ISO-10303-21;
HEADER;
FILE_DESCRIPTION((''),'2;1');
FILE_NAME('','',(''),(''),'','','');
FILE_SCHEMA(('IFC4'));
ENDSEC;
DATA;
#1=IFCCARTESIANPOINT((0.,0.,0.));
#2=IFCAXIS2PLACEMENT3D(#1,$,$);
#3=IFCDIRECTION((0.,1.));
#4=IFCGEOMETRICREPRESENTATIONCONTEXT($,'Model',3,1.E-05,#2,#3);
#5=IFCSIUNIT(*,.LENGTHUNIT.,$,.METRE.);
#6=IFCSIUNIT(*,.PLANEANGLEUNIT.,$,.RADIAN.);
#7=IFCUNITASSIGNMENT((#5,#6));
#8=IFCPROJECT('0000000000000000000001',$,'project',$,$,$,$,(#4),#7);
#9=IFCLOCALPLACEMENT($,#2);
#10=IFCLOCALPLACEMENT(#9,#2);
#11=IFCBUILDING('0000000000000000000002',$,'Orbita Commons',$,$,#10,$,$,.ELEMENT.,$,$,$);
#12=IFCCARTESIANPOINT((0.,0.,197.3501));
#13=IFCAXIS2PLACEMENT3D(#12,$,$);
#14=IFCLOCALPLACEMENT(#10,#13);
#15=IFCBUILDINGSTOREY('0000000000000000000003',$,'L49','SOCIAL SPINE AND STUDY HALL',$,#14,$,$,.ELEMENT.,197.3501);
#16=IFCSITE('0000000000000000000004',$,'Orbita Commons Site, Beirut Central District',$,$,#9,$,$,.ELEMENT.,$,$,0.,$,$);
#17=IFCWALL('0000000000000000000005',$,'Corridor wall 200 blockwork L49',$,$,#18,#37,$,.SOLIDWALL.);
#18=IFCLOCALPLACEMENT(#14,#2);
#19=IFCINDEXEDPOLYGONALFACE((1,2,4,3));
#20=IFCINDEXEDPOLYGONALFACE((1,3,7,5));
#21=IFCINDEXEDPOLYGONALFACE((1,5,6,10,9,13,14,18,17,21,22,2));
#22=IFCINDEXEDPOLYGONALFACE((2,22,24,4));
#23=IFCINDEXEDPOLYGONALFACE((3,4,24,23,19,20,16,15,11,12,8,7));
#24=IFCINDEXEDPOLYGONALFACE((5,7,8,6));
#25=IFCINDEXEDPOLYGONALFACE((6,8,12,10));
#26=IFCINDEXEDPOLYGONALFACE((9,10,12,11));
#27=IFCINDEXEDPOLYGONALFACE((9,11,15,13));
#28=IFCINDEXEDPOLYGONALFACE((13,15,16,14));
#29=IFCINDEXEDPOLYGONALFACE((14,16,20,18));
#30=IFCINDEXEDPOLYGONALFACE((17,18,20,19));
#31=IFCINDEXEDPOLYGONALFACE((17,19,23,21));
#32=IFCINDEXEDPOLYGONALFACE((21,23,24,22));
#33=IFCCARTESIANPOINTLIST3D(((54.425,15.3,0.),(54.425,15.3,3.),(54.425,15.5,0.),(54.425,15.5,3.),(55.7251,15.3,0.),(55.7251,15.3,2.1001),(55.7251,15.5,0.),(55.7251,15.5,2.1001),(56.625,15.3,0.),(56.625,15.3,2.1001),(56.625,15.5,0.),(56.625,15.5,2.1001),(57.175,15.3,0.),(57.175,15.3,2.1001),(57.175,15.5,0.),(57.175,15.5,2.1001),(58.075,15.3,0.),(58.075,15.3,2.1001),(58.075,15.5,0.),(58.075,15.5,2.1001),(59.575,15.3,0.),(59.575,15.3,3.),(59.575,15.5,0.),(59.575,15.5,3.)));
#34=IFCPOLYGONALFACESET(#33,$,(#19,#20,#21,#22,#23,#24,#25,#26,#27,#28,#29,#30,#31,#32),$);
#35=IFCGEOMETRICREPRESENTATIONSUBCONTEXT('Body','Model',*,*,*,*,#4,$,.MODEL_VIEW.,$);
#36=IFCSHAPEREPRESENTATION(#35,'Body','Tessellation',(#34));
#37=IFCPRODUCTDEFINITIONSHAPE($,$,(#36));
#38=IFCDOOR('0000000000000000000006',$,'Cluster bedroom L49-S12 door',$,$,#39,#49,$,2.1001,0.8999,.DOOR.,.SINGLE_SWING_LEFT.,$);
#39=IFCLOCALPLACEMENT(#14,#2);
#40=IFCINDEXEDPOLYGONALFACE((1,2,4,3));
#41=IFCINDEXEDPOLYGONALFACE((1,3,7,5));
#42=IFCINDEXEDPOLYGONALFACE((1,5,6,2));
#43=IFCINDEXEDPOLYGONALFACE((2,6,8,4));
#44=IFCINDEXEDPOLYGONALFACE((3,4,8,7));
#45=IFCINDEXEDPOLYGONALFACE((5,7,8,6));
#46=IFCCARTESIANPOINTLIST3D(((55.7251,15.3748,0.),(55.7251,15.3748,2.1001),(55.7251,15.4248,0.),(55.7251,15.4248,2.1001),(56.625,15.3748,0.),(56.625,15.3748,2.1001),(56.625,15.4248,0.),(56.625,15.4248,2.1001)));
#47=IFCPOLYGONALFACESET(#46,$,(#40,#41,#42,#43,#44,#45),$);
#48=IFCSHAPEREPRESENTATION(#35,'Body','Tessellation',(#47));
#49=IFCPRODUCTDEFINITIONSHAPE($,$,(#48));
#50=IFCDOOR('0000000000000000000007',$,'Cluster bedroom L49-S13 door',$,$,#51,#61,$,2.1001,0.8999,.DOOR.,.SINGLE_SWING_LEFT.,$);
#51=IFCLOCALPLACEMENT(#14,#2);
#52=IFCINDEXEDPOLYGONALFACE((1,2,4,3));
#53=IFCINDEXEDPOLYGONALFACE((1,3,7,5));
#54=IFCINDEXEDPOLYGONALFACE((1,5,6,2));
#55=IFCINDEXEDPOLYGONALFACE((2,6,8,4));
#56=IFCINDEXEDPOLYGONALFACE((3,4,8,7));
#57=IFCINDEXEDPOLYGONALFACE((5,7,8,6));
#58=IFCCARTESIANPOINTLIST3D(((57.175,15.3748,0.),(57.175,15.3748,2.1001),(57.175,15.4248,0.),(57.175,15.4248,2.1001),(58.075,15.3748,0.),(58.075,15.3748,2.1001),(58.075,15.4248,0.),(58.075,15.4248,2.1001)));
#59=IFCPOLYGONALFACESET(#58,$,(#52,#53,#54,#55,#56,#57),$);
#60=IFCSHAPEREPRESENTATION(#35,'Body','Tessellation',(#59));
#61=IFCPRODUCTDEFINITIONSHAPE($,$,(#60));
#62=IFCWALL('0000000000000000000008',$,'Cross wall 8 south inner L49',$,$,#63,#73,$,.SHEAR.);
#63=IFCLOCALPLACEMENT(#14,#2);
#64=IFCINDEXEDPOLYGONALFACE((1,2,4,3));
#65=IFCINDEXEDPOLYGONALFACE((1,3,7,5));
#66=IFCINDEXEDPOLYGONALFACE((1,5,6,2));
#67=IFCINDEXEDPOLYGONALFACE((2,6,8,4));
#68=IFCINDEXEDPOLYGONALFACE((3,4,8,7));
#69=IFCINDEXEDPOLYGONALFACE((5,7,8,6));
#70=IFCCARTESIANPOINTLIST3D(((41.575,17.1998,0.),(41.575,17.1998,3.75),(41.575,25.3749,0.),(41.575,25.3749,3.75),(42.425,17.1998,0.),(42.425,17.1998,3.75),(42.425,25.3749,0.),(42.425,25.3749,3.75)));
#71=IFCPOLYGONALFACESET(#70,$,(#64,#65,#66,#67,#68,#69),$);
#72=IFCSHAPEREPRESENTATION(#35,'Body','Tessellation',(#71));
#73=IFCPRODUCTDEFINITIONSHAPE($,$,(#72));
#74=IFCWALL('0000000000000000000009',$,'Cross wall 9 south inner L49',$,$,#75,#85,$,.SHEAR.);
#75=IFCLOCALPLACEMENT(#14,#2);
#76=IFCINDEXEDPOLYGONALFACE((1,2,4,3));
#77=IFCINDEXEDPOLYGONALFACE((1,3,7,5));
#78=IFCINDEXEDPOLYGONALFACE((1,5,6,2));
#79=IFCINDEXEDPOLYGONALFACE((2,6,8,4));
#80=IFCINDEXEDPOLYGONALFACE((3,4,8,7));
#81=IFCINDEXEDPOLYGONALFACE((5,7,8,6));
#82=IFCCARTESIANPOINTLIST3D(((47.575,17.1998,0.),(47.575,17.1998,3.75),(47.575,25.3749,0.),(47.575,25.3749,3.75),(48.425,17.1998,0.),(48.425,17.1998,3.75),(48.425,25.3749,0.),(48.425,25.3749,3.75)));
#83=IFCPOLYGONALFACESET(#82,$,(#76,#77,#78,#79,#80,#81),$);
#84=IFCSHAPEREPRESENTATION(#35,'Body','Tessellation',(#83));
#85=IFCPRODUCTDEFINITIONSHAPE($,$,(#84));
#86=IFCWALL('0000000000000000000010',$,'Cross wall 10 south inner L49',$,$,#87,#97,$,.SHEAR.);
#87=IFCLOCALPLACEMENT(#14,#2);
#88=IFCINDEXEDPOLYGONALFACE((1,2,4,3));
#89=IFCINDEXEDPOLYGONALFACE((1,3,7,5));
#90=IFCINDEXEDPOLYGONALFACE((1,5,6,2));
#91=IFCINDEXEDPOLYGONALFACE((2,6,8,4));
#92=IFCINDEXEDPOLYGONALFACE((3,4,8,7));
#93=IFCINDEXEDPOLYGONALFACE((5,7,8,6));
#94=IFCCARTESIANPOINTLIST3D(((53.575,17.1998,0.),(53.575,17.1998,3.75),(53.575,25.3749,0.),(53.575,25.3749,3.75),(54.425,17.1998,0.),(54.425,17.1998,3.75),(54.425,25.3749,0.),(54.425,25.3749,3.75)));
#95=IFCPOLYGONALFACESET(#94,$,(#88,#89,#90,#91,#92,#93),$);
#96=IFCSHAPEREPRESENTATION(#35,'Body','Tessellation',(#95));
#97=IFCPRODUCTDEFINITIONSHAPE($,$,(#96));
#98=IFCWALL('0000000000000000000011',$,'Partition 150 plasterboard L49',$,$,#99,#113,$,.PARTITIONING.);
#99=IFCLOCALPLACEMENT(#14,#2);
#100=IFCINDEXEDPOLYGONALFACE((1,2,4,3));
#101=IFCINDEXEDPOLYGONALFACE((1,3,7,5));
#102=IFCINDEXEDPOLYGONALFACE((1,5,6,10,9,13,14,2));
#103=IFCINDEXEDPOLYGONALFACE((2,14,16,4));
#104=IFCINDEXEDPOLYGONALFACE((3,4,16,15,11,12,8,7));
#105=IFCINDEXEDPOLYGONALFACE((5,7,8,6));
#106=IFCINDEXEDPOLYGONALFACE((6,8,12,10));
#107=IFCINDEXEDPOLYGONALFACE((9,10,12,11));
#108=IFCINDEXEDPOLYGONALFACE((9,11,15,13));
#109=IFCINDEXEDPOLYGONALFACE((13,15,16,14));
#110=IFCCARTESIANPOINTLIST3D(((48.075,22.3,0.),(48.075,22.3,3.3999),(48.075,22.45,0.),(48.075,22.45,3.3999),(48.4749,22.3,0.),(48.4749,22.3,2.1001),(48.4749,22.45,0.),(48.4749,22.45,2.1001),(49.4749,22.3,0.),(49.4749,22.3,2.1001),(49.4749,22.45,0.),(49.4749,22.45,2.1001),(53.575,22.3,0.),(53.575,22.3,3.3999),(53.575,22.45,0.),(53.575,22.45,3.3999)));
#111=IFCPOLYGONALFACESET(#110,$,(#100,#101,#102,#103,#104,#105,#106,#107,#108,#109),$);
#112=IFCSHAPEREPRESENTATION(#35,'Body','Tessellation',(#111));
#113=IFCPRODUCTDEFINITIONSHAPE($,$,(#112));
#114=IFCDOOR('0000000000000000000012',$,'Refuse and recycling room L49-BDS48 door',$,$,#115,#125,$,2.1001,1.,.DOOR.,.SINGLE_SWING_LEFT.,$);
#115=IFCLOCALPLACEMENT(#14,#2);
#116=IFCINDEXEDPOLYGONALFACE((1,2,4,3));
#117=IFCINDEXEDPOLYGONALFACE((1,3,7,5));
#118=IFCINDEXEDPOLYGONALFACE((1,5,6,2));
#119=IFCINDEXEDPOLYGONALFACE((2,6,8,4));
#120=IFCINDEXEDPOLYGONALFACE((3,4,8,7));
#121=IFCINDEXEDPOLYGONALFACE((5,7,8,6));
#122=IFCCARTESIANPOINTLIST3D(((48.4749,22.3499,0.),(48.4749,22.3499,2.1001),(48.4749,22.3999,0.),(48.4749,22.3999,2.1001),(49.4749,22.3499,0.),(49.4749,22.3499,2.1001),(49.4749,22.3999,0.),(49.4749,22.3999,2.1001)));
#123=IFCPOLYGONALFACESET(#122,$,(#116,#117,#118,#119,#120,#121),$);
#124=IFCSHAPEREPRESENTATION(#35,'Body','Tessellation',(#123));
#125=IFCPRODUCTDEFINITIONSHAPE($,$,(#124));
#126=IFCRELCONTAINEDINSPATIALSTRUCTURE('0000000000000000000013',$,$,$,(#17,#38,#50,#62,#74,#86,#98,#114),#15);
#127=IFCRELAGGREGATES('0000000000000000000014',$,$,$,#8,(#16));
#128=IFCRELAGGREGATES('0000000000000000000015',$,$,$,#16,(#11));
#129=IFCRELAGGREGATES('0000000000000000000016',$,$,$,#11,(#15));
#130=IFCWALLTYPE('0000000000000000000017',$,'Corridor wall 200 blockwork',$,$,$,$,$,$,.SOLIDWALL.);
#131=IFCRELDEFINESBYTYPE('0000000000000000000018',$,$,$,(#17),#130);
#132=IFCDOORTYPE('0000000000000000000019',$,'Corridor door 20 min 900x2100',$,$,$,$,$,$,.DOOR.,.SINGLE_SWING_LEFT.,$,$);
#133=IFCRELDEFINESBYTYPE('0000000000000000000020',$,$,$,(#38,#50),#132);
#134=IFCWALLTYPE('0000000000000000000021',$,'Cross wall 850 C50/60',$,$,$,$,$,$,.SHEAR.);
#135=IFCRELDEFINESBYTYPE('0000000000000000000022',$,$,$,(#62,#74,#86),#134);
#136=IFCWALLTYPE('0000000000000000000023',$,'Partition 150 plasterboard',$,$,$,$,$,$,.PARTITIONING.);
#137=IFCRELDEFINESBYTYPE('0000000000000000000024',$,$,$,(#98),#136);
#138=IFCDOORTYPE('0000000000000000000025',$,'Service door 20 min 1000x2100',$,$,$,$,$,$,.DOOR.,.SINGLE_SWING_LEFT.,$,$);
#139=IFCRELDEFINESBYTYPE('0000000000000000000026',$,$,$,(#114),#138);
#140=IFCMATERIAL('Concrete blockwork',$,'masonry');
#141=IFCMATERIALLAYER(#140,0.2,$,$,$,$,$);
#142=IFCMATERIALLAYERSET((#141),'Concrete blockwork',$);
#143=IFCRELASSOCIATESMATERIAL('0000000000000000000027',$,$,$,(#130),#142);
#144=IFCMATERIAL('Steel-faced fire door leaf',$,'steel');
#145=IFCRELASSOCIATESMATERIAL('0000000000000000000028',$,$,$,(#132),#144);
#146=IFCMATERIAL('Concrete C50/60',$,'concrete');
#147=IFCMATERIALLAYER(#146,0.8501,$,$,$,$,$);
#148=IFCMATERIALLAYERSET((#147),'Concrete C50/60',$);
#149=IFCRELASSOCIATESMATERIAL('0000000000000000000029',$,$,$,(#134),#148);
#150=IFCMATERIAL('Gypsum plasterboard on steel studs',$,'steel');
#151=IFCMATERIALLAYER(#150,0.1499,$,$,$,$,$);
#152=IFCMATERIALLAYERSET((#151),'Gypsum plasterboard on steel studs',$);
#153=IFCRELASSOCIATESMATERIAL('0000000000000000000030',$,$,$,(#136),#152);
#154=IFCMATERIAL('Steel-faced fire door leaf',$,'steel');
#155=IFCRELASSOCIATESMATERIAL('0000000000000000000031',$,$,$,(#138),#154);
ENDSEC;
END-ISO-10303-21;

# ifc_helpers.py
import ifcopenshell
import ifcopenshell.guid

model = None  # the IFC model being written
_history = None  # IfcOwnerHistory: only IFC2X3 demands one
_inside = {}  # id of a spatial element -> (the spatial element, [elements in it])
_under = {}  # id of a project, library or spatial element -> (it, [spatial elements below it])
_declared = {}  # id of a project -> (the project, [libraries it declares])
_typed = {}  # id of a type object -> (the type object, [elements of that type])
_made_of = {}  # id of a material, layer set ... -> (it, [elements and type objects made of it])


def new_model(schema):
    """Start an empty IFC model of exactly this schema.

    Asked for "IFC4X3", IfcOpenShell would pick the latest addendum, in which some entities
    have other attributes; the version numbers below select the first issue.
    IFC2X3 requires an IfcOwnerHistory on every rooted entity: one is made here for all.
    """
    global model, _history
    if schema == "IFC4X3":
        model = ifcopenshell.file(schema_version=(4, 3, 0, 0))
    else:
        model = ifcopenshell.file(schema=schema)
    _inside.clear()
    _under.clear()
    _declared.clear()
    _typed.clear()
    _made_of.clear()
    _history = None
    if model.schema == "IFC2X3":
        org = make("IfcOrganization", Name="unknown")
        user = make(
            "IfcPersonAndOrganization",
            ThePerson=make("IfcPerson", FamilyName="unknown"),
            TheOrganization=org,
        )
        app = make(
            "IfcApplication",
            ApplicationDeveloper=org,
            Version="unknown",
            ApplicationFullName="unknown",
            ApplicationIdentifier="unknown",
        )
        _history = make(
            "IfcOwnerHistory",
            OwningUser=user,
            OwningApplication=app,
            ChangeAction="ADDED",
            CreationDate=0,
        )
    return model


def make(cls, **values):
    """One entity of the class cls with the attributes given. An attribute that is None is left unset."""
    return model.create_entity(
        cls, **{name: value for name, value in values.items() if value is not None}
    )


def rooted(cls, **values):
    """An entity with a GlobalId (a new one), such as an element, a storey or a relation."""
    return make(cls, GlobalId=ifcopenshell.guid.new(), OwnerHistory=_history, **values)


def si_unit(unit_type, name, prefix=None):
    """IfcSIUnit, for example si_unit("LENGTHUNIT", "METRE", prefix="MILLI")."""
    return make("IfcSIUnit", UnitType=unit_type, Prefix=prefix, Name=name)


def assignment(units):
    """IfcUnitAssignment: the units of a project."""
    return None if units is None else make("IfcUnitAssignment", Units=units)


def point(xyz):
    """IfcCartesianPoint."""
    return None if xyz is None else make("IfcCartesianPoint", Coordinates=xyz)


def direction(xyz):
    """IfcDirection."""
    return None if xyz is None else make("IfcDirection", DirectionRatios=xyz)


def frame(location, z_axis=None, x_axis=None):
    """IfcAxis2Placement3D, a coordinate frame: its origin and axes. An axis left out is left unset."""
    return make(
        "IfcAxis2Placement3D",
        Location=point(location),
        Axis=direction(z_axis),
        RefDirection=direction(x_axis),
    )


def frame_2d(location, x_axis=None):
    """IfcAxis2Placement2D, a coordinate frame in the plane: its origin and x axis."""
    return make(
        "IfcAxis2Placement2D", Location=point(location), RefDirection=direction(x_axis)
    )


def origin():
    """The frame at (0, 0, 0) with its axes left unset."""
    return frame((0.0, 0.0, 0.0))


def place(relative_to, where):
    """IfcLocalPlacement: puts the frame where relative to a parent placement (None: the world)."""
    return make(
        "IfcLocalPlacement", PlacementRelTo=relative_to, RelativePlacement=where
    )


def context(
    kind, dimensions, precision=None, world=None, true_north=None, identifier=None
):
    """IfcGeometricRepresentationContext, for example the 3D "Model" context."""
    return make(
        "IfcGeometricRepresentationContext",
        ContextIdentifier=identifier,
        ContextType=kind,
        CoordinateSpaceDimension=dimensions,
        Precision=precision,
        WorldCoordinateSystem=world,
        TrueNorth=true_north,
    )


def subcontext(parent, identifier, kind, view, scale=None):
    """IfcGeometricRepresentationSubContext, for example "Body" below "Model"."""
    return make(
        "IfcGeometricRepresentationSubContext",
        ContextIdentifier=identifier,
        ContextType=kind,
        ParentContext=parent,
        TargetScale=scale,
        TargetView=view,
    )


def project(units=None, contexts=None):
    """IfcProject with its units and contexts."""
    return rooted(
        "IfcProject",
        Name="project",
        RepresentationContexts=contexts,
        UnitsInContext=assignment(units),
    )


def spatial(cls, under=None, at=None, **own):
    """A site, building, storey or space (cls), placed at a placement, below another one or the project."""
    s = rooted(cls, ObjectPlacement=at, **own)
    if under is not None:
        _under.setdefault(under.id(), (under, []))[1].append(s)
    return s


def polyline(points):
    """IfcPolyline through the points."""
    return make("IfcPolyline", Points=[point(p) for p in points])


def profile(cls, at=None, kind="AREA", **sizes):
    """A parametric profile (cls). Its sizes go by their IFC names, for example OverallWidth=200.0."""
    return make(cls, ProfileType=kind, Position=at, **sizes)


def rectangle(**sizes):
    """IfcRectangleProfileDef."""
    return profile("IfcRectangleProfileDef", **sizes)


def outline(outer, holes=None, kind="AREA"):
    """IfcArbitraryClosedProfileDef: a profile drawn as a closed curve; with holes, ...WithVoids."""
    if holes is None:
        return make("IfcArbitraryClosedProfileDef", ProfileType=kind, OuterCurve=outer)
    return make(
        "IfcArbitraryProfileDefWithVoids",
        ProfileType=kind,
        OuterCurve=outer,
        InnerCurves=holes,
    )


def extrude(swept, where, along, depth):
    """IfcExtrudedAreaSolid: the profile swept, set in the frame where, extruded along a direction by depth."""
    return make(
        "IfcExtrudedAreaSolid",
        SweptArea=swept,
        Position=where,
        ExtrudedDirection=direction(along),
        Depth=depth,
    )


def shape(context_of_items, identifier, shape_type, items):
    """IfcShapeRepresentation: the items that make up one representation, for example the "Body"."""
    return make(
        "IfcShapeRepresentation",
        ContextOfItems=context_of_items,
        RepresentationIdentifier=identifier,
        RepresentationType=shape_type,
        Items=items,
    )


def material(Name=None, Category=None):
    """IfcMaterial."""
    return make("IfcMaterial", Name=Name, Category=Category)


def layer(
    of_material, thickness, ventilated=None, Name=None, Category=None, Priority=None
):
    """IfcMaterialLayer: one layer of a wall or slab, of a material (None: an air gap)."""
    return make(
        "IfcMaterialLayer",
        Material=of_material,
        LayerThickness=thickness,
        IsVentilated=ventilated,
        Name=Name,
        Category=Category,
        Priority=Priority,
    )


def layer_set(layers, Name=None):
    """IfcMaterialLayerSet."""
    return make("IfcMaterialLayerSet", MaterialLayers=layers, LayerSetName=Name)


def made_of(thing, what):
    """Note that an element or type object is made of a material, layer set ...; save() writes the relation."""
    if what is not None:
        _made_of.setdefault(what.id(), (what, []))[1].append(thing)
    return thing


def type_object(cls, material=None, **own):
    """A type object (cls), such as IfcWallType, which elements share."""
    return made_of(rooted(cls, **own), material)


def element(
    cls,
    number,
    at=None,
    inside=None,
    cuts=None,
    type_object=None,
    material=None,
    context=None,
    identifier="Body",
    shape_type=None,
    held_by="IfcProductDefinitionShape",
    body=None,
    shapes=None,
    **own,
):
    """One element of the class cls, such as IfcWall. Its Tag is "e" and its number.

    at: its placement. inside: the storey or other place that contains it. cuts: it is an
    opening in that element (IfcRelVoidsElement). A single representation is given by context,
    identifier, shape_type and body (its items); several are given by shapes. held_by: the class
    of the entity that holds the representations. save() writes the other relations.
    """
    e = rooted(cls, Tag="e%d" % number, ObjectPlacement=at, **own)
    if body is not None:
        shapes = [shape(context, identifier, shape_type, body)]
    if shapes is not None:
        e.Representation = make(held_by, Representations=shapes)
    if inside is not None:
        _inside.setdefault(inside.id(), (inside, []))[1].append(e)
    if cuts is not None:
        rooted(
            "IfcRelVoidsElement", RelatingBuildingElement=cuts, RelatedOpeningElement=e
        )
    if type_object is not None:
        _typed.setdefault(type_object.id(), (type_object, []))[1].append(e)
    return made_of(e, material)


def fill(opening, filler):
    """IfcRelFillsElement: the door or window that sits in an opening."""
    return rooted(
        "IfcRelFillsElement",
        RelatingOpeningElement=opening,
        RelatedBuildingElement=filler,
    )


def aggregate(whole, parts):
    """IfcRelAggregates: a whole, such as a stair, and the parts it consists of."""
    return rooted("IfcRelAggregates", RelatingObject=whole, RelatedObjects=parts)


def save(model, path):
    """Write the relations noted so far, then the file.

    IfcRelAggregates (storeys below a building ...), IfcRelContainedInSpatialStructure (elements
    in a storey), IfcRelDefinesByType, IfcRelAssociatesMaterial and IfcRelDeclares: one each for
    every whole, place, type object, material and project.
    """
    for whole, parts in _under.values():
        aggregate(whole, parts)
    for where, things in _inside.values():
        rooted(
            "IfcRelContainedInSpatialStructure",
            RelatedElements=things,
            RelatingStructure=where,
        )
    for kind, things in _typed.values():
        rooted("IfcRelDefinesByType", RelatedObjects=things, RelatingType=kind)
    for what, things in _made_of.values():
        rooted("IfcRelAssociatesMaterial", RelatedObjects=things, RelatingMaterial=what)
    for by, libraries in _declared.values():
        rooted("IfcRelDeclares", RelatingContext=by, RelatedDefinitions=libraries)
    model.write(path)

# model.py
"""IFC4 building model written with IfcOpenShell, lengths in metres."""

from ifc_helpers import new_model, si_unit, direction, frame, frame_2d, origin, place, context, subcontext, project, spatial, polyline, rectangle, outline, extrude, material, layer, layer_set, type_object, element, fill, save


model = new_model("IFC4")

# Units and contexts
model_context = context("Model", 3, precision=1e-05, world=origin(), true_north=direction((0.0, 1.0)))
body_context = subcontext(model_context, "Body", "Model", "MODEL_VIEW")
ifc_project = project(units=[si_unit("LENGTHUNIT", "METRE"), si_unit("PLANEANGLEUNIT", "RADIAN")], contexts=[model_context])

# Site, building, storey
site_placement = place(None, origin())
site = spatial("IfcSite", under=ifc_project, at=site_placement, Name="Orbita Commons Site, Beirut Central District", CompositionType="ELEMENT", RefElevation=0.0)
building_placement = place(site_placement, origin())
building = spatial("IfcBuilding", under=site, at=building_placement, Name="Orbita Commons", CompositionType="ELEMENT")
storey_placement = place(building_placement, frame((0.0, 0.0, 197.3501)))
storey = spatial("IfcBuildingStorey", under=building, at=storey_placement, Name="L49", Description="SOCIAL SPINE AND STUDY HALL", CompositionType="ELEMENT", Elevation=197.3501)

# Shared definitions
ifc_material_1 = material(Name="Concrete blockwork", Category="masonry")
ifc_layer_1 = layer(ifc_material_1, 0.2)
ifc_layer_set_1 = layer_set([ifc_layer_1], Name="Concrete blockwork")
wall_type_1 = type_object("IfcWallType", Name="Corridor wall 200 blockwork", PredefinedType="SOLIDWALL", material=ifc_layer_set_1)
ifc_material_2 = material(Name="Steel-faced fire door leaf", Category="steel")
door_type_1 = type_object("IfcDoorType", Name="Corridor door 20 min 900x2100", OperationType="SINGLE_SWING_LEFT", PredefinedType="DOOR", material=ifc_material_2)

# Wall, openings, doors
wall_1_placement = place(storey_placement, frame((54.425, 15.3999, 0.0), z_axis=(0.0, 0.0, 1.0), x_axis=(1.0, 0.0, 0.0)))
wall_1 = element("IfcWall", 1, at=wall_1_placement, inside=storey, type_object=wall_type_1, Name="Corridor wall 200 blockwork L49", PredefinedType="SOLIDWALL", context=body_context, shape_type="SweptSolid", body=[
    extrude(outline(polyline([(0.0, 0.0), (5.1499, 0.0), (5.1499, 3.0), (0.0, 3.0), (0.0, 0.0)])), frame((0.0, 0.1001, 0.0), z_axis=(0.0, -1.0, 0.0), x_axis=(1.0, 0.0, 0.0)), (0.0, 0.0, 1.0), 0.2),
])
opening_1_placement = place(wall_1_placement, frame((1.3, 0.0, 0.0)))
opening_1 = element("IfcOpeningElement", 2, at=opening_1_placement, cuts=wall_1, PredefinedType="OPENING", context=body_context, shape_type="SweptSolid", body=[
    extrude(rectangle(XDim=0.8999, YDim=2.1001, at=frame_2d((0.45, 1.05))), frame((0.0, 0.1099, 0.0), z_axis=(0.0, -1.0, 0.0), x_axis=(1.0, 0.0, 0.0)), (0.0, 0.0, 1.0), 0.22),
])
opening_2_placement = place(wall_1_placement, frame((2.75, 0.0, 0.0)))
opening_2 = element("IfcOpeningElement", 3, at=opening_2_placement, cuts=wall_1, PredefinedType="OPENING", context=body_context, shape_type="SweptSolid", body=[
    extrude(rectangle(XDim=0.8999, YDim=2.1001, at=frame_2d((0.45, 1.05))), frame((0.0, 0.1099, 0.0), z_axis=(0.0, -1.0, 0.0), x_axis=(1.0, 0.0, 0.0)), (0.0, 0.0, 1.0), 0.22),
])
door_1_placement = place(opening_1_placement, origin())
door_1 = element("IfcDoor", 4, at=door_1_placement, inside=storey, type_object=door_type_1, Name="Cluster bedroom L49-S12 door", OperationType="SINGLE_SWING_LEFT", OverallHeight=2.1001, OverallWidth=0.8999, PredefinedType="DOOR", context=body_context, shape_type="SweptSolid", body=[
    extrude(rectangle(XDim=0.8999, YDim=2.1001, at=frame_2d((0.45, 1.05))), frame((0.0, 0.0249, 0.0), z_axis=(0.0, -1.0, 0.0), x_axis=(1.0, 0.0, 0.0)), (0.0, 0.0, 1.0), 0.05),
])
fill(opening_1, door_1)
door_2_placement = place(opening_2_placement, origin())
door_2 = element("IfcDoor", 5, at=door_2_placement, inside=storey, type_object=door_type_1, Name="Cluster bedroom L49-S13 door", OperationType="SINGLE_SWING_LEFT", OverallHeight=2.1001, OverallWidth=0.8999, PredefinedType="DOOR", context=body_context, shape_type="SweptSolid", body=[
    extrude(rectangle(XDim=0.8999, YDim=2.1001, at=frame_2d((0.45, 1.05))), frame((0.0, 0.0249, 0.0), z_axis=(0.0, -1.0, 0.0), x_axis=(1.0, 0.0, 0.0)), (0.0, 0.0, 1.0), 0.05),
])
fill(opening_2, door_2)

# Walls
ifc_material_3 = material(Name="Concrete C50/60", Category="concrete")
ifc_layer_2 = layer(ifc_material_3, 0.8501)
ifc_layer_set_2 = layer_set([ifc_layer_2], Name="Concrete C50/60")
wall_type_2 = type_object("IfcWallType", Name="Cross wall 850 C50/60", PredefinedType="SHEAR", material=ifc_layer_set_2)
for number, where, z_axis, x_axis, name in (
    (6, (42.0, 17.2, 0.0), (0.0, 0.0, 1.0), (0.0, 1.0, 0.0), "Cross wall 8 south inner L49"),
    (7, (48.0, 17.2, 0.0), (0.0, 0.0, 1.0), (0.0, 1.0, 0.0), "Cross wall 9 south inner L49"),
    (8, (54.0, 17.2, 0.0), (0.0, 0.0, 1.0), (0.0, 1.0, 0.0), "Cross wall 10 south inner L49"),
):
    element("IfcWall", number, at=place(storey_placement, frame(where, z_axis=z_axis, x_axis=x_axis)), inside=storey, type_object=wall_type_2, Name=name, PredefinedType="SHEAR", context=body_context, shape_type="SweptSolid", body=[
        extrude(rectangle(XDim=8.175, YDim=0.8501, at=frame_2d((4.0874, 0.0))), origin(), (0.0, 0.0, 1.0), 3.75),
    ])

# Wall, opening, door
ifc_material_4 = material(Name="Gypsum plasterboard on steel studs", Category="steel")
ifc_layer_3 = layer(ifc_material_4, 0.1499)
ifc_layer_set_3 = layer_set([ifc_layer_3], Name="Gypsum plasterboard on steel studs")
wall_type_3 = type_object("IfcWallType", Name="Partition 150 plasterboard", PredefinedType="PARTITIONING", material=ifc_layer_set_3)
wall_2_placement = place(storey_placement, frame((48.075, 22.375, 0.0), z_axis=(0.0, 0.0, 1.0), x_axis=(1.0, 0.0, 0.0)))
wall_2 = element("IfcWall", 9, at=wall_2_placement, inside=storey, type_object=wall_type_3, Name="Partition 150 plasterboard L49", PredefinedType="PARTITIONING", context=body_context, shape_type="SweptSolid", body=[
    extrude(rectangle(XDim=5.5, YDim=0.1499, at=frame_2d((2.75, 0.0))), origin(), (0.0, 0.0, 1.0), 3.3999),
])
opening_3_placement = place(wall_2_placement, frame((0.3999, 0.0, 0.0)))
opening_3 = element("IfcOpeningElement", 10, at=opening_3_placement, cuts=wall_2, PredefinedType="OPENING", context=body_context, shape_type="SweptSolid", body=[
    extrude(rectangle(XDim=1.0, YDim=2.1001, at=frame_2d((0.5, 1.05))), frame((0.0, 0.085, 0.0), z_axis=(0.0, -1.0, 0.0), x_axis=(1.0, 0.0, 0.0)), (0.0, 0.0, 1.0), 0.1699),
])
ifc_material_5 = material(Name="Steel-faced fire door leaf", Category="steel")
door_type_2 = type_object("IfcDoorType", Name="Service door 20 min 1000x2100", OperationType="SINGLE_SWING_LEFT", PredefinedType="DOOR", material=ifc_material_5)
door_3_placement = place(opening_3_placement, origin())
door_3 = element("IfcDoor", 11, at=door_3_placement, inside=storey, type_object=door_type_2, Name="Refuse and recycling room L49-BDS48 door", OperationType="SINGLE_SWING_LEFT", OverallHeight=2.1001, OverallWidth=1.0, PredefinedType="DOOR", context=body_context, shape_type="SweptSolid", body=[
    extrude(rectangle(XDim=1.0, YDim=2.1001, at=frame_2d((0.5, 1.05))), frame((0.0, 0.0249, 0.0), z_axis=(0.0, -1.0, 0.0), x_axis=(1.0, 0.0, 0.0)), (0.0, 0.0, 1.0), 0.05),
])
fill(opening_3, door_3)

save(model, "model.ifc")
